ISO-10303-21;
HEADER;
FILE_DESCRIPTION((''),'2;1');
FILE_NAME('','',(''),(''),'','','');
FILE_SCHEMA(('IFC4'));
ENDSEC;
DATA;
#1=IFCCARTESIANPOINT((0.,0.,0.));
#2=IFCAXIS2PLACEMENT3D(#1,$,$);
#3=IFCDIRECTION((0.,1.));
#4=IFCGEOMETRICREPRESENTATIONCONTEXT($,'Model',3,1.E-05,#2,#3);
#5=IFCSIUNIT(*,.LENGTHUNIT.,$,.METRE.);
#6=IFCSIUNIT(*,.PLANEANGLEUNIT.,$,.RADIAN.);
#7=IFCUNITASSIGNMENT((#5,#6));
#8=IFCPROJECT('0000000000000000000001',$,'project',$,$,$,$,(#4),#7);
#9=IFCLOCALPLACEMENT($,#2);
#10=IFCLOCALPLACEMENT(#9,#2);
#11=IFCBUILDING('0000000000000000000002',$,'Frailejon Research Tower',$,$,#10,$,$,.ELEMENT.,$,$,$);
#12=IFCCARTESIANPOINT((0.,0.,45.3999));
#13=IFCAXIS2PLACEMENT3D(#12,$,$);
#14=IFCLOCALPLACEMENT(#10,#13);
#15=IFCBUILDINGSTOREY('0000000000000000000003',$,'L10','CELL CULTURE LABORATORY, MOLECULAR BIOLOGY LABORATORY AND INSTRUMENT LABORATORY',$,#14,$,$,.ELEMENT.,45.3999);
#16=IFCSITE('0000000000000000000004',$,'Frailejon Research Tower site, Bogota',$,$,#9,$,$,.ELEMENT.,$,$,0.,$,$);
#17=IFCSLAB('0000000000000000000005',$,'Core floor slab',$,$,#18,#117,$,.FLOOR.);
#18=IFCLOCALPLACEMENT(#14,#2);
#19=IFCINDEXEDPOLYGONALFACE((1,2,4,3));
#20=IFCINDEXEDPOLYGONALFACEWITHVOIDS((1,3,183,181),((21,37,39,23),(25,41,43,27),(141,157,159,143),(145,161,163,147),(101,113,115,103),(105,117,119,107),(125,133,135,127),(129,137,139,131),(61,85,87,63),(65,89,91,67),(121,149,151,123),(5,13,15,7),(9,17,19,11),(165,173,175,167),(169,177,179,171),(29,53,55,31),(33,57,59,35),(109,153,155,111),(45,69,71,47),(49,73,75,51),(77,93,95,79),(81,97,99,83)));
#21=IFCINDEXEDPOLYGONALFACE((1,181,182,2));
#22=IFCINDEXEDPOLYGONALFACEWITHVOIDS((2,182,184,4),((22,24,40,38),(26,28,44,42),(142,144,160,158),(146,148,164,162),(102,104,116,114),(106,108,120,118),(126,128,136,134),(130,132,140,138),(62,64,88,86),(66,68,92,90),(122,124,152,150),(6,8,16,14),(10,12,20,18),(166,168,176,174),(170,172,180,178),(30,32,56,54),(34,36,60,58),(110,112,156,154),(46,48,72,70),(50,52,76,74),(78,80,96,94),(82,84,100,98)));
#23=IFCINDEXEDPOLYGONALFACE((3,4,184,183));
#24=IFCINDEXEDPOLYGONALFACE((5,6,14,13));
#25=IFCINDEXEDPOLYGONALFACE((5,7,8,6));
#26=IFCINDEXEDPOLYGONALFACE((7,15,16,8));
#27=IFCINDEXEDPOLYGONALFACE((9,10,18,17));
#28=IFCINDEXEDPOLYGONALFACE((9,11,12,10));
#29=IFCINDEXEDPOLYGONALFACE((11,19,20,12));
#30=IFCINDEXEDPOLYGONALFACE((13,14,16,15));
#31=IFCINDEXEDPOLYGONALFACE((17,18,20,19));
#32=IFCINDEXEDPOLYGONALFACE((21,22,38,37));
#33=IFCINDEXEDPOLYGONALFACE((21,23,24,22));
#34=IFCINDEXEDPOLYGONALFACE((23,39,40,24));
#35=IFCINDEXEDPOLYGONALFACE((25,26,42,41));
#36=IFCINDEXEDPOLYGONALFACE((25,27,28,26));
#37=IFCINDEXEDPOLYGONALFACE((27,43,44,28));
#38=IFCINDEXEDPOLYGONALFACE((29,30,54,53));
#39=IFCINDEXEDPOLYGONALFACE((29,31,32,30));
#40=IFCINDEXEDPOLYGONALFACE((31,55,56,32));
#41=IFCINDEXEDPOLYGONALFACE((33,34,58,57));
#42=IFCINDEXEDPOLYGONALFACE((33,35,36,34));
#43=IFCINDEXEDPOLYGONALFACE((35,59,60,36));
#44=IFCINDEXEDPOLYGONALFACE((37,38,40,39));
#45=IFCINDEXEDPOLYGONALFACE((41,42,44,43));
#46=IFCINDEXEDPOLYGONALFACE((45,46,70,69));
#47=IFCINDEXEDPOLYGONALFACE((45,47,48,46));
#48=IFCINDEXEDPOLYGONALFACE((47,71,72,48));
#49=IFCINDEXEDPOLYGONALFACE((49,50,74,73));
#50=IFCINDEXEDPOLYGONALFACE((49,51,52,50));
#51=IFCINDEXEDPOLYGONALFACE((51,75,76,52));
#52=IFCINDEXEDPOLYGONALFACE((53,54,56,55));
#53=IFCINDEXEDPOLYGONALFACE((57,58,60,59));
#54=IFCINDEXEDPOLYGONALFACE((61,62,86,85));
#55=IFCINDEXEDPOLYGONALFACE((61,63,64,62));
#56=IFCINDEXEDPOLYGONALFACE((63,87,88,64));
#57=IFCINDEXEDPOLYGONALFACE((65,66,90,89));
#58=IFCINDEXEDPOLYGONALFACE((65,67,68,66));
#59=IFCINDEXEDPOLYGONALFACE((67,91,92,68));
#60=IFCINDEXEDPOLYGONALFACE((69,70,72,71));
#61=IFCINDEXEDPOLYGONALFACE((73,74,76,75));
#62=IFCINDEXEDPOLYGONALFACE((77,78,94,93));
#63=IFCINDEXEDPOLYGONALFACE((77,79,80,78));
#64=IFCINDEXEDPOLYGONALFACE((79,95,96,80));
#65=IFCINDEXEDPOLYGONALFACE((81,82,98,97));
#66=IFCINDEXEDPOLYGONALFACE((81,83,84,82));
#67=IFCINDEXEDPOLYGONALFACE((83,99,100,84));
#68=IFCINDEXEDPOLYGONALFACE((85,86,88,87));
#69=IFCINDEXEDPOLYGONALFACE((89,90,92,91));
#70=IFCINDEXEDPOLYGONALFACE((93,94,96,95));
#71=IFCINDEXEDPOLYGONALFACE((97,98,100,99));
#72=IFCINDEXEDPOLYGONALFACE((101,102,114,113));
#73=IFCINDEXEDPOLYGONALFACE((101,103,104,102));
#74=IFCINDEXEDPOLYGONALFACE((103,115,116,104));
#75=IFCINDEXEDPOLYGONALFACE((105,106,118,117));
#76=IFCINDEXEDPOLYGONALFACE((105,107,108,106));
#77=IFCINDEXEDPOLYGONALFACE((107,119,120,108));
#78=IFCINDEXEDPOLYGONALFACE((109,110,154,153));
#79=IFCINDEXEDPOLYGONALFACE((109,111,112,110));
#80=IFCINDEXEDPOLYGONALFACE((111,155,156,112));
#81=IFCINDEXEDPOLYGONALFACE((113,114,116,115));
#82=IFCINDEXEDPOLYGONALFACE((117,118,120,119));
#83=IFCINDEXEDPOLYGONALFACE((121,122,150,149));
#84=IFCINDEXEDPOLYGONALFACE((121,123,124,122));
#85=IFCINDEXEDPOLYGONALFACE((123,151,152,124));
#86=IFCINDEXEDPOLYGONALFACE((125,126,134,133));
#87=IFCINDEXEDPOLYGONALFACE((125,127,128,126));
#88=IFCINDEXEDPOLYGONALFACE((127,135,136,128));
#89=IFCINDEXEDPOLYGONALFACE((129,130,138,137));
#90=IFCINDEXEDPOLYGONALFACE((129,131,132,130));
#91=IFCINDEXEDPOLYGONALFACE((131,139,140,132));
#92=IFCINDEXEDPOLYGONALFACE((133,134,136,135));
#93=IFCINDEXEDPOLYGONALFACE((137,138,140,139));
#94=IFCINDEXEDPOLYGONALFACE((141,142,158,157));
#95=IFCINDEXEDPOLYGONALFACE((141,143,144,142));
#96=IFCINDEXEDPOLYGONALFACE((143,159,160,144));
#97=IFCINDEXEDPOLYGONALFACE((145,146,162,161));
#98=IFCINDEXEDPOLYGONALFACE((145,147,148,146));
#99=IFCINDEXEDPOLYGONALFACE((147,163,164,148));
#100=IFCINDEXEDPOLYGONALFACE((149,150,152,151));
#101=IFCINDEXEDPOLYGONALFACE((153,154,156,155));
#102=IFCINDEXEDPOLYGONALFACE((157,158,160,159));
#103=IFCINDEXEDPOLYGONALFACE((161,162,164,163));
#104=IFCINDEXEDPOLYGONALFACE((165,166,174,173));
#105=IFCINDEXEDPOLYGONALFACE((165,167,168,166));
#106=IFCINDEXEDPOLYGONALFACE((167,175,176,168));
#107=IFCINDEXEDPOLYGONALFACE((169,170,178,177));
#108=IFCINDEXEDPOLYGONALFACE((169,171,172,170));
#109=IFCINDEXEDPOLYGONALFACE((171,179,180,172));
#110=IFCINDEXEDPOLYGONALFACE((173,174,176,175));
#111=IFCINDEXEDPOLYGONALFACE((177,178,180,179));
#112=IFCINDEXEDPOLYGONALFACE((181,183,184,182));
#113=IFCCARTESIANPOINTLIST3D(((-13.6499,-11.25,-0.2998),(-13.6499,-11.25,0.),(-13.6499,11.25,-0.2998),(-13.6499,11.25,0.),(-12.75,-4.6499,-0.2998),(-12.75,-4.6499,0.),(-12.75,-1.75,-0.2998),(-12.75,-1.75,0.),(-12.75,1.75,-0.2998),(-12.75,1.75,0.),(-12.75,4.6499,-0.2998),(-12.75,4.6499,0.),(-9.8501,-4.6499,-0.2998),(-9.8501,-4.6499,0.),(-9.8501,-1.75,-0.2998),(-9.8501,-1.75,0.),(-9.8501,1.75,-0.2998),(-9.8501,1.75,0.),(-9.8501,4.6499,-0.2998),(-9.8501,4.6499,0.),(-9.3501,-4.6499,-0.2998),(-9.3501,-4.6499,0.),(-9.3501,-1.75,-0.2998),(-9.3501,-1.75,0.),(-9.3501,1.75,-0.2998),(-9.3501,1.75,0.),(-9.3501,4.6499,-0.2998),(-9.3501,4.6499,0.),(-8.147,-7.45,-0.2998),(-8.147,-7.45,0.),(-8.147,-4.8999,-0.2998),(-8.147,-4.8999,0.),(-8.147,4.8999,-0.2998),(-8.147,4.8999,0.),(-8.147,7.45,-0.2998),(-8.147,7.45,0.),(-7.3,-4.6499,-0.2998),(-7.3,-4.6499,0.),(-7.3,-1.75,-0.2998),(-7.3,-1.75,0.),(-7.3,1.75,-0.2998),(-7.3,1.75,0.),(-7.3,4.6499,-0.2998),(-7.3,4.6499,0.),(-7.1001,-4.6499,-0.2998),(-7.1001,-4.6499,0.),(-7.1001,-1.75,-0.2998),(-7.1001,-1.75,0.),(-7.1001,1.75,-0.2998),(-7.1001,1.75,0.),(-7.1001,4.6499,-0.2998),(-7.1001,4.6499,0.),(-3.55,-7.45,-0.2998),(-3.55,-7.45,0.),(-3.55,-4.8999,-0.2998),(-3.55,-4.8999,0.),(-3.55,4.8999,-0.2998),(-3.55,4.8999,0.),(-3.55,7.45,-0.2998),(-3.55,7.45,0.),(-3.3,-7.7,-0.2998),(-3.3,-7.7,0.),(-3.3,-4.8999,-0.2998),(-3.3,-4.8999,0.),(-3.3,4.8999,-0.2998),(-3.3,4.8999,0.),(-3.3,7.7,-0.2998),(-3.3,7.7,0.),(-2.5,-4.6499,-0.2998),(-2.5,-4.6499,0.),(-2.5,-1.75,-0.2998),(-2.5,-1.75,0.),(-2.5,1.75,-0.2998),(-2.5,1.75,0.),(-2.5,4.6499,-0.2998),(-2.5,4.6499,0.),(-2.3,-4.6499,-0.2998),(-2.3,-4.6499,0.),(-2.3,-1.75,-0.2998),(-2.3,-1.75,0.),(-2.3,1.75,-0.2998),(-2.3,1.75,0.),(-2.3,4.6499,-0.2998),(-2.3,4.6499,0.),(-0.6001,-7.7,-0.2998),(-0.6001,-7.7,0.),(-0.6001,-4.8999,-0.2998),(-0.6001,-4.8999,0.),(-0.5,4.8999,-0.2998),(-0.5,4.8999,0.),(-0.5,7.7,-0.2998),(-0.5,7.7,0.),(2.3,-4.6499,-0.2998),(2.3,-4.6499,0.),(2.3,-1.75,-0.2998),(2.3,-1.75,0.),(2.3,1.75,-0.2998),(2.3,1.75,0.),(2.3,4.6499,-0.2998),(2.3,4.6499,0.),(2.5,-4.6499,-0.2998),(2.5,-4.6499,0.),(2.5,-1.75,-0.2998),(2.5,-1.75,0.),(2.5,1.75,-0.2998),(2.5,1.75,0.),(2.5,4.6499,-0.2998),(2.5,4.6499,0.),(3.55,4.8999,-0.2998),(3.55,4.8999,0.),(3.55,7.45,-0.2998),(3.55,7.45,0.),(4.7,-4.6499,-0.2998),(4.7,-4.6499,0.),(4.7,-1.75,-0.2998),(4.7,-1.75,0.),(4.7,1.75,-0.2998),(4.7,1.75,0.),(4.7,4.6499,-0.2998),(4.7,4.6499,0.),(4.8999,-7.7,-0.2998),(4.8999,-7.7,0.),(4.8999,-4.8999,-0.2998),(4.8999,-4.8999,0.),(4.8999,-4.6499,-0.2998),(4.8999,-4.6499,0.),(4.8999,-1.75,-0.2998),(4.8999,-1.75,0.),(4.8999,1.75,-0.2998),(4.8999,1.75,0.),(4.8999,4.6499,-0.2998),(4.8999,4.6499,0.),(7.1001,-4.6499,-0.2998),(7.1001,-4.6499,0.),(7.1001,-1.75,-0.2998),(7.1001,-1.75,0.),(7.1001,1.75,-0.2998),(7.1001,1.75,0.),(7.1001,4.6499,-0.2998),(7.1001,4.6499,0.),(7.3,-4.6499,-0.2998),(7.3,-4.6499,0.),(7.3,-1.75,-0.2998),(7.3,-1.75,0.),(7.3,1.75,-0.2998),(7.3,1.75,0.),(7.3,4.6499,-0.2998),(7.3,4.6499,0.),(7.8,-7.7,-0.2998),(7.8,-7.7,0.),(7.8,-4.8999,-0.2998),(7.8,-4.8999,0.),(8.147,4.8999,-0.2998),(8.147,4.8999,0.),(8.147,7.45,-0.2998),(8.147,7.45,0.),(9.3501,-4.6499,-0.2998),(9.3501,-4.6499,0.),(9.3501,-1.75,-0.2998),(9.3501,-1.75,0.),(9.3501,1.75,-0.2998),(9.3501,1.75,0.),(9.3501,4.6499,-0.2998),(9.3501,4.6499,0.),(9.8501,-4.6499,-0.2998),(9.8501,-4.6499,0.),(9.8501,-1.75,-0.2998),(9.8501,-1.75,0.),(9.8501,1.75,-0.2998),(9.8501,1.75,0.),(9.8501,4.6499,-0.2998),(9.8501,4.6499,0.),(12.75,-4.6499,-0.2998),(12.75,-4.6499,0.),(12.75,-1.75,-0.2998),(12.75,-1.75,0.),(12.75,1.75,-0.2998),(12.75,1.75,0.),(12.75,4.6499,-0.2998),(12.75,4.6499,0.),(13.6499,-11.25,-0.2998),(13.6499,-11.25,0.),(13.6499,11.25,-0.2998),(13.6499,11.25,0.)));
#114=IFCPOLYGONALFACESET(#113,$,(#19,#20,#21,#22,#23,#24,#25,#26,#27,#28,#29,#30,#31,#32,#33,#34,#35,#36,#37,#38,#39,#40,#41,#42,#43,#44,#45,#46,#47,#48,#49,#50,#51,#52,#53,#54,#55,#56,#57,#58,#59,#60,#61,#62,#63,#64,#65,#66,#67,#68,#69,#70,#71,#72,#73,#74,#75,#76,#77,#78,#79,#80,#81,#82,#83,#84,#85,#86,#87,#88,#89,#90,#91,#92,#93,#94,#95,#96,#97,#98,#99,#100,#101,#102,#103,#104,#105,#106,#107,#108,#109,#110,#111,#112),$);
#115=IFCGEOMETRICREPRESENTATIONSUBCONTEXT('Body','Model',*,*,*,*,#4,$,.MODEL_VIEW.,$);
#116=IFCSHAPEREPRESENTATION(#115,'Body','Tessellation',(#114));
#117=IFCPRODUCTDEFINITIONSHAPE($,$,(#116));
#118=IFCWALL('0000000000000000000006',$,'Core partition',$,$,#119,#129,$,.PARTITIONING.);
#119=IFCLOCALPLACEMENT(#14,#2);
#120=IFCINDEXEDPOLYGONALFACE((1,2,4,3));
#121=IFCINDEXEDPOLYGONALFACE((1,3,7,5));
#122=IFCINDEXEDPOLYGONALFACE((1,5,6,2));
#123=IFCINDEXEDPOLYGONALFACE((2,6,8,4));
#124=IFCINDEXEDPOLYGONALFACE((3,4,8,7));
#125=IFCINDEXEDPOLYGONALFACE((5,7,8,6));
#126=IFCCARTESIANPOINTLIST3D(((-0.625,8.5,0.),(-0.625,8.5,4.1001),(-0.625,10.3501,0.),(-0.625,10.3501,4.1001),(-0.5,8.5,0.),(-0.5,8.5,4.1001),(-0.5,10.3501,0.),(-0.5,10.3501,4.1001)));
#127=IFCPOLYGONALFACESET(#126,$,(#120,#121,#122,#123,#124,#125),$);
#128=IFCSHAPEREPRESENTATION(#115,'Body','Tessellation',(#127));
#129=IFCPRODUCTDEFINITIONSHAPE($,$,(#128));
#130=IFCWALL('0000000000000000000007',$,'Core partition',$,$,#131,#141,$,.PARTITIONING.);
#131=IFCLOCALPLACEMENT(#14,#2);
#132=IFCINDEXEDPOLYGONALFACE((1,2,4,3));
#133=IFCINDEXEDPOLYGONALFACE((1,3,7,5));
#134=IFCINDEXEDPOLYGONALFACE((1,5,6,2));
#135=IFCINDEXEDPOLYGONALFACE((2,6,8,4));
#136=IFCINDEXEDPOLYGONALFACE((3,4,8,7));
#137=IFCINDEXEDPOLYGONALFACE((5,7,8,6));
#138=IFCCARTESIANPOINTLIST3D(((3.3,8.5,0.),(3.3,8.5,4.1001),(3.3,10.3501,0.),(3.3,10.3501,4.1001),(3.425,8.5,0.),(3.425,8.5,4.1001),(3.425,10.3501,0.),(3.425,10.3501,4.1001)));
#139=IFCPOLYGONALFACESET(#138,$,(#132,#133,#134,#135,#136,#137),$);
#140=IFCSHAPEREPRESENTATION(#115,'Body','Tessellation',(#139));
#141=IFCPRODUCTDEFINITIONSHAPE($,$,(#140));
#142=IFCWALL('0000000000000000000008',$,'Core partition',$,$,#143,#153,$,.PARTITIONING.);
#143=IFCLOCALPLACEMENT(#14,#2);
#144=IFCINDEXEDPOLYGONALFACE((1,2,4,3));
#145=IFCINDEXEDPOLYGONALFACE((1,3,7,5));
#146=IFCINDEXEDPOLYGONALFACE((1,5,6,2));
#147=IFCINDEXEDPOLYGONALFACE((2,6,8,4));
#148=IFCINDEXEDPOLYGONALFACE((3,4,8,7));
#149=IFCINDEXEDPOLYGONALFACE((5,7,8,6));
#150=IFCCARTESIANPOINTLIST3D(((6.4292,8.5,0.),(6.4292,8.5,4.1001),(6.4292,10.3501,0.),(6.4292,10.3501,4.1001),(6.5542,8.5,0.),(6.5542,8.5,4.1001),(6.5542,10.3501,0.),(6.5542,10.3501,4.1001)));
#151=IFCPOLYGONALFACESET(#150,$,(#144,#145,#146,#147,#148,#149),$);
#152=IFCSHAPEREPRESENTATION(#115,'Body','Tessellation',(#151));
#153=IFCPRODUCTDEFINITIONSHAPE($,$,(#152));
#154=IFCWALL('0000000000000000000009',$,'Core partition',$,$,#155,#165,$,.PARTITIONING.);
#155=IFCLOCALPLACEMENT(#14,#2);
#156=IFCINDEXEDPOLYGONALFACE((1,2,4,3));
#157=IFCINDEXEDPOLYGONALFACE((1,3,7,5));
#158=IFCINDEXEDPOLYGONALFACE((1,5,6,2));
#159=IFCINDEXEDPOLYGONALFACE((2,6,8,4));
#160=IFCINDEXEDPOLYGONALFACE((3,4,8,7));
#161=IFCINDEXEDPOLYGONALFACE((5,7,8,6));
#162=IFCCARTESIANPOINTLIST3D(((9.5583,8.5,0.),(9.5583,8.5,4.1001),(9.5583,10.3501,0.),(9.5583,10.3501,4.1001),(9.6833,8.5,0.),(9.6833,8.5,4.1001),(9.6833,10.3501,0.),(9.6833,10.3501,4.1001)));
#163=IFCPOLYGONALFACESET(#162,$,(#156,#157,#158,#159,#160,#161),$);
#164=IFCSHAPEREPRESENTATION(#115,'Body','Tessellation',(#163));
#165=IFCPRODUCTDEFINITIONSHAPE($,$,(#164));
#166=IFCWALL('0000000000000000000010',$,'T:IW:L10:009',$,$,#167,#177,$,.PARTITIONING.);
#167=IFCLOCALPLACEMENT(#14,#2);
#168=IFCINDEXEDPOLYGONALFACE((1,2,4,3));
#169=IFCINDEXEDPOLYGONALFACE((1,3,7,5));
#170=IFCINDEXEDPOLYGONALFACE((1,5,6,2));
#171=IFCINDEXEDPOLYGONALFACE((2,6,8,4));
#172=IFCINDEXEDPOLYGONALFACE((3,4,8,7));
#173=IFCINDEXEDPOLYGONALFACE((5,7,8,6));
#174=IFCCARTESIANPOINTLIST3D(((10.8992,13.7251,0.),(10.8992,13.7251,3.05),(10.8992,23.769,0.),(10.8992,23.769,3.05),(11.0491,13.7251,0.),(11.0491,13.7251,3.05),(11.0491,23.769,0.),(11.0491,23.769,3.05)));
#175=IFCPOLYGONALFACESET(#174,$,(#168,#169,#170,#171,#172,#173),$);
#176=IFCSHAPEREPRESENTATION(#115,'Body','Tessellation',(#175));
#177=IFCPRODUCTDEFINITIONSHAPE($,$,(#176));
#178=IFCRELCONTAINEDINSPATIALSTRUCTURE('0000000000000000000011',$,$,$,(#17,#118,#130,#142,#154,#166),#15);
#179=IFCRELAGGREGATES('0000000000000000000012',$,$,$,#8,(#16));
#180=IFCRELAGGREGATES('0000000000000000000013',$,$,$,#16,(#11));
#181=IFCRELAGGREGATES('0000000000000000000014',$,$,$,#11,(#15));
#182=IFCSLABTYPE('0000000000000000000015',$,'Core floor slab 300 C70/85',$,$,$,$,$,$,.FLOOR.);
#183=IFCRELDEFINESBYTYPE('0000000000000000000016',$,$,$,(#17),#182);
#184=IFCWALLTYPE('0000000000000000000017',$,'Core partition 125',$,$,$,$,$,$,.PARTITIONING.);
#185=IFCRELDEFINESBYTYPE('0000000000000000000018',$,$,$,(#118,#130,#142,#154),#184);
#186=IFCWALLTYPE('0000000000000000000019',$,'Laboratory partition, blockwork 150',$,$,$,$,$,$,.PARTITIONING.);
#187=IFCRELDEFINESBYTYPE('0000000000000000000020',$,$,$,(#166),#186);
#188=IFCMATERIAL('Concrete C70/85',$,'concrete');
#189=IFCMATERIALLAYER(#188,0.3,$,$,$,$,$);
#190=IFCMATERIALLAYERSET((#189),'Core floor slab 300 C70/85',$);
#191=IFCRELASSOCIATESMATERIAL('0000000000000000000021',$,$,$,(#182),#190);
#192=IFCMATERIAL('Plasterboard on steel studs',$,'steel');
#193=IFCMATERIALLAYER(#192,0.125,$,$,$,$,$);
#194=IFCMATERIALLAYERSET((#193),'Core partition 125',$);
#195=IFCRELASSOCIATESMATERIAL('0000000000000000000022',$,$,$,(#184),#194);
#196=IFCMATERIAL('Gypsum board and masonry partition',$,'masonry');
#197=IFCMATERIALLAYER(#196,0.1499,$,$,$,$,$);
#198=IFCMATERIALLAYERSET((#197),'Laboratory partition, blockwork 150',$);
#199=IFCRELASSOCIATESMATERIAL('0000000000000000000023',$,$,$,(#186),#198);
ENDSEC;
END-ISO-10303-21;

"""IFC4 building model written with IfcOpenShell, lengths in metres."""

from ifc_helpers import new_model, si_unit, direction, frame, frame_2d, origin, place, context, subcontext, project, spatial, polyline, rectangle, outline, extrude, material, layer, layer_set, type_object, element, save


model = new_model("IFC4")

# Units and contexts
model_context = context("Model", 3, precision=1e-05, world=origin(), true_north=direction((0.0, 1.0)))
body_context = subcontext(model_context, "Body", "Model", "MODEL_VIEW")
ifc_project = project(units=[si_unit("LENGTHUNIT", "METRE"), si_unit("PLANEANGLEUNIT", "RADIAN")], contexts=[model_context])

# Site, building, storey
site_placement = place(None, origin())
site = spatial("IfcSite", under=ifc_project, at=site_placement, Name="Frailejon Research Tower site, Bogota", CompositionType="ELEMENT", RefElevation=0.0)
building_placement = place(site_placement, origin())
building = spatial("IfcBuilding", under=site, at=building_placement, Name="Frailejon Research Tower", CompositionType="ELEMENT")
storey_placement = place(building_placement, frame((0.0, 0.0, 45.3999)))
storey = spatial("IfcBuildingStorey", under=building, at=storey_placement, Name="L10", Description="CELL CULTURE LABORATORY, MOLECULAR BIOLOGY LABORATORY AND INSTRUMENT LABORATORY", CompositionType="ELEMENT", Elevation=45.3999)

# Slab
ifc_material_1 = material(Name="Concrete C70/85", Category="concrete")
ifc_layer_1 = layer(ifc_material_1, 0.3)
ifc_layer_set_1 = layer_set([ifc_layer_1], Name="Core floor slab 300 C70/85")
slab_type = type_object("IfcSlabType", Name="Core floor slab 300 C70/85", PredefinedType="FLOOR", material=ifc_layer_set_1)
slab_placement = place(storey_placement, frame((0.0, 0.0, -0.2998)))
element("IfcSlab", 1, at=slab_placement, inside=storey, type_object=slab_type, Name="Core floor slab", PredefinedType="FLOOR", context=body_context, shape_type="SweptSolid", body=[
    extrude(outline(polyline([(13.6499, -11.25), (13.6499, 11.25), (-13.6499, 11.25), (-13.6499, -11.25), (13.6499, -11.25)]), holes=[polyline([(-9.8501, 1.75), (-9.8501, 4.6499), (-12.75, 4.6499), (-12.75, 1.75), (-9.8501, 1.75)]), polyline([(-7.3, 1.75), (-7.3, 4.6499), (-9.3501, 4.6499), (-9.3501, 1.75), (-7.3, 1.75)]), polyline([(-2.5, 1.75), (-2.5, 4.6499), (-7.1001, 4.6499), (-7.1001, 1.75), (-2.5, 1.75)]), polyline([(2.3, 1.75), (2.3, 4.6499), (-2.3, 4.6499), (-2.3, 1.75), (2.3, 1.75)]), polyline([(4.7, 1.75), (4.7, 4.6499), (2.5, 4.6499), (2.5, 1.75), (4.7, 1.75)]), polyline([(7.1001, 1.75), (7.1001, 4.6499), (4.8999, 4.6499), (4.8999, 1.75), (7.1001, 1.75)]), polyline([(9.3501, 1.75), (9.3501, 4.6499), (7.3, 4.6499), (7.3, 1.75), (9.3501, 1.75)]), polyline([(12.75, 1.75), (12.75, 4.6499), (9.8501, 4.6499), (9.8501, 1.75), (12.75, 1.75)]), polyline([(-9.8501, -4.6499), (-9.8501, -1.75), (-12.75, -1.75), (-12.75, -4.6499), (-9.8501, -4.6499)]), polyline([(-7.3, -4.6499), (-7.3, -1.75), (-9.3501, -1.75), (-9.3501, -4.6499), (-7.3, -4.6499)]), polyline([(-2.5, -4.6499), (-2.5, -1.75), (-7.1001, -1.75), (-7.1001, -4.6499), (-2.5, -4.6499)]), polyline([(2.3, -4.6499), (2.3, -1.75), (-2.3, -1.75), (-2.3, -4.6499), (2.3, -4.6499)]), polyline([(4.7, -4.6499), (4.7, -1.75), (2.5, -1.75), (2.5, -4.6499), (4.7, -4.6499)]), polyline([(7.1001, -4.6499), (7.1001, -1.75), (4.8999, -1.75), (4.8999, -4.6499), (7.1001, -4.6499)]), polyline([(9.3501, -4.6499), (9.3501, -1.75), (7.3, -1.75), (7.3, -4.6499), (9.3501, -4.6499)]), polyline([(12.75, -4.6499), (12.75, -1.75), (9.8501, -1.75), (9.8501, -4.6499), (12.75, -4.6499)]), polyline([(-8.147, 4.8999), (-3.55, 4.8999), (-3.55, 7.45), (-8.147, 7.45), (-8.147, 4.8999)]), polyline([(-8.147, -7.45), (-3.55, -7.45), (-3.55, -4.8999), (-8.147, -4.8999), (-8.147, -7.45)]), polyline([(8.147, 7.45), (3.55, 7.45), (3.55, 4.8999), (8.147, 4.8999), (8.147, 7.45)]), polyline([(-0.6001, -7.7), (-0.6001, -4.8999), (-3.3, -4.8999), (-3.3, -7.7), (-0.6001, -7.7)]), polyline([(7.8, -7.7), (7.8, -4.8999), (4.8999, -4.8999), (4.8999, -7.7), (7.8, -7.7)]), polyline([(-0.5, 4.8999), (-0.5, 7.7), (-3.3, 7.7), (-3.3, 4.8999), (-0.5, 4.8999)])]), origin(), (0.0, 0.0, 1.0), 0.2998),
])

# Walls
ifc_material_2 = material(Name="Plasterboard on steel studs", Category="steel")
ifc_layer_2 = layer(ifc_material_2, 0.125)
ifc_layer_set_2 = layer_set([ifc_layer_2], Name="Core partition 125")
wall_type_1 = type_object("IfcWallType", Name="Core partition 125", PredefinedType="PARTITIONING", material=ifc_layer_set_2)
for number, where, z_axis, x_axis, name in (
    (2, (-0.5625, 8.5, 0.0), (0.0, 0.0, 1.0), (0.0, 1.0, 0.0), "Core partition"),
    (3, (3.3625, 8.5, 0.0), (0.0, 0.0, 1.0), (0.0, 1.0, 0.0), "Core partition"),
    (4, (6.4917, 8.5, 0.0), (0.0, 0.0, 1.0), (0.0, 1.0, 0.0), "Core partition"),
    (5, (9.6208, 8.5, 0.0), (0.0, 0.0, 1.0), (0.0, 1.0, 0.0), "Core partition"),
):
    element("IfcWall", number, at=place(storey_placement, frame(where, z_axis=z_axis, x_axis=x_axis)), inside=storey, type_object=wall_type_1, Name=name, PredefinedType="PARTITIONING", context=body_context, shape_type="SweptSolid", body=[
        extrude(rectangle(XDim=1.8501, YDim=0.125, at=frame_2d((0.925, 0.0))), origin(), (0.0, 0.0, 1.0), 4.1001),
    ])
ifc_material_3 = material(Name="Gypsum board and masonry partition", Category="masonry")
ifc_layer_3 = layer(ifc_material_3, 0.1499)
ifc_layer_set_3 = layer_set([ifc_layer_3], Name="Laboratory partition, blockwork 150")
wall_type_2 = type_object("IfcWallType", Name="Laboratory partition, blockwork 150", PredefinedType="PARTITIONING", material=ifc_layer_set_3)
wall_1_placement = place(storey_placement, frame((10.9741, 13.7251, 0.0), z_axis=(0.0, 0.0, 1.0), x_axis=(0.0, 1.0, 0.0)))
element("IfcWall", 6, at=wall_1_placement, inside=storey, type_object=wall_type_2, Name="T:IW:L10:009", PredefinedType="PARTITIONING", context=body_context, shape_type="SweptSolid", body=[
    extrude(rectangle(XDim=10.0439, YDim=0.1499, at=frame_2d((5.022, 0.0))), origin(), (0.0, 0.0, 1.0), 3.05),
])

save(model, "model.ifc")
